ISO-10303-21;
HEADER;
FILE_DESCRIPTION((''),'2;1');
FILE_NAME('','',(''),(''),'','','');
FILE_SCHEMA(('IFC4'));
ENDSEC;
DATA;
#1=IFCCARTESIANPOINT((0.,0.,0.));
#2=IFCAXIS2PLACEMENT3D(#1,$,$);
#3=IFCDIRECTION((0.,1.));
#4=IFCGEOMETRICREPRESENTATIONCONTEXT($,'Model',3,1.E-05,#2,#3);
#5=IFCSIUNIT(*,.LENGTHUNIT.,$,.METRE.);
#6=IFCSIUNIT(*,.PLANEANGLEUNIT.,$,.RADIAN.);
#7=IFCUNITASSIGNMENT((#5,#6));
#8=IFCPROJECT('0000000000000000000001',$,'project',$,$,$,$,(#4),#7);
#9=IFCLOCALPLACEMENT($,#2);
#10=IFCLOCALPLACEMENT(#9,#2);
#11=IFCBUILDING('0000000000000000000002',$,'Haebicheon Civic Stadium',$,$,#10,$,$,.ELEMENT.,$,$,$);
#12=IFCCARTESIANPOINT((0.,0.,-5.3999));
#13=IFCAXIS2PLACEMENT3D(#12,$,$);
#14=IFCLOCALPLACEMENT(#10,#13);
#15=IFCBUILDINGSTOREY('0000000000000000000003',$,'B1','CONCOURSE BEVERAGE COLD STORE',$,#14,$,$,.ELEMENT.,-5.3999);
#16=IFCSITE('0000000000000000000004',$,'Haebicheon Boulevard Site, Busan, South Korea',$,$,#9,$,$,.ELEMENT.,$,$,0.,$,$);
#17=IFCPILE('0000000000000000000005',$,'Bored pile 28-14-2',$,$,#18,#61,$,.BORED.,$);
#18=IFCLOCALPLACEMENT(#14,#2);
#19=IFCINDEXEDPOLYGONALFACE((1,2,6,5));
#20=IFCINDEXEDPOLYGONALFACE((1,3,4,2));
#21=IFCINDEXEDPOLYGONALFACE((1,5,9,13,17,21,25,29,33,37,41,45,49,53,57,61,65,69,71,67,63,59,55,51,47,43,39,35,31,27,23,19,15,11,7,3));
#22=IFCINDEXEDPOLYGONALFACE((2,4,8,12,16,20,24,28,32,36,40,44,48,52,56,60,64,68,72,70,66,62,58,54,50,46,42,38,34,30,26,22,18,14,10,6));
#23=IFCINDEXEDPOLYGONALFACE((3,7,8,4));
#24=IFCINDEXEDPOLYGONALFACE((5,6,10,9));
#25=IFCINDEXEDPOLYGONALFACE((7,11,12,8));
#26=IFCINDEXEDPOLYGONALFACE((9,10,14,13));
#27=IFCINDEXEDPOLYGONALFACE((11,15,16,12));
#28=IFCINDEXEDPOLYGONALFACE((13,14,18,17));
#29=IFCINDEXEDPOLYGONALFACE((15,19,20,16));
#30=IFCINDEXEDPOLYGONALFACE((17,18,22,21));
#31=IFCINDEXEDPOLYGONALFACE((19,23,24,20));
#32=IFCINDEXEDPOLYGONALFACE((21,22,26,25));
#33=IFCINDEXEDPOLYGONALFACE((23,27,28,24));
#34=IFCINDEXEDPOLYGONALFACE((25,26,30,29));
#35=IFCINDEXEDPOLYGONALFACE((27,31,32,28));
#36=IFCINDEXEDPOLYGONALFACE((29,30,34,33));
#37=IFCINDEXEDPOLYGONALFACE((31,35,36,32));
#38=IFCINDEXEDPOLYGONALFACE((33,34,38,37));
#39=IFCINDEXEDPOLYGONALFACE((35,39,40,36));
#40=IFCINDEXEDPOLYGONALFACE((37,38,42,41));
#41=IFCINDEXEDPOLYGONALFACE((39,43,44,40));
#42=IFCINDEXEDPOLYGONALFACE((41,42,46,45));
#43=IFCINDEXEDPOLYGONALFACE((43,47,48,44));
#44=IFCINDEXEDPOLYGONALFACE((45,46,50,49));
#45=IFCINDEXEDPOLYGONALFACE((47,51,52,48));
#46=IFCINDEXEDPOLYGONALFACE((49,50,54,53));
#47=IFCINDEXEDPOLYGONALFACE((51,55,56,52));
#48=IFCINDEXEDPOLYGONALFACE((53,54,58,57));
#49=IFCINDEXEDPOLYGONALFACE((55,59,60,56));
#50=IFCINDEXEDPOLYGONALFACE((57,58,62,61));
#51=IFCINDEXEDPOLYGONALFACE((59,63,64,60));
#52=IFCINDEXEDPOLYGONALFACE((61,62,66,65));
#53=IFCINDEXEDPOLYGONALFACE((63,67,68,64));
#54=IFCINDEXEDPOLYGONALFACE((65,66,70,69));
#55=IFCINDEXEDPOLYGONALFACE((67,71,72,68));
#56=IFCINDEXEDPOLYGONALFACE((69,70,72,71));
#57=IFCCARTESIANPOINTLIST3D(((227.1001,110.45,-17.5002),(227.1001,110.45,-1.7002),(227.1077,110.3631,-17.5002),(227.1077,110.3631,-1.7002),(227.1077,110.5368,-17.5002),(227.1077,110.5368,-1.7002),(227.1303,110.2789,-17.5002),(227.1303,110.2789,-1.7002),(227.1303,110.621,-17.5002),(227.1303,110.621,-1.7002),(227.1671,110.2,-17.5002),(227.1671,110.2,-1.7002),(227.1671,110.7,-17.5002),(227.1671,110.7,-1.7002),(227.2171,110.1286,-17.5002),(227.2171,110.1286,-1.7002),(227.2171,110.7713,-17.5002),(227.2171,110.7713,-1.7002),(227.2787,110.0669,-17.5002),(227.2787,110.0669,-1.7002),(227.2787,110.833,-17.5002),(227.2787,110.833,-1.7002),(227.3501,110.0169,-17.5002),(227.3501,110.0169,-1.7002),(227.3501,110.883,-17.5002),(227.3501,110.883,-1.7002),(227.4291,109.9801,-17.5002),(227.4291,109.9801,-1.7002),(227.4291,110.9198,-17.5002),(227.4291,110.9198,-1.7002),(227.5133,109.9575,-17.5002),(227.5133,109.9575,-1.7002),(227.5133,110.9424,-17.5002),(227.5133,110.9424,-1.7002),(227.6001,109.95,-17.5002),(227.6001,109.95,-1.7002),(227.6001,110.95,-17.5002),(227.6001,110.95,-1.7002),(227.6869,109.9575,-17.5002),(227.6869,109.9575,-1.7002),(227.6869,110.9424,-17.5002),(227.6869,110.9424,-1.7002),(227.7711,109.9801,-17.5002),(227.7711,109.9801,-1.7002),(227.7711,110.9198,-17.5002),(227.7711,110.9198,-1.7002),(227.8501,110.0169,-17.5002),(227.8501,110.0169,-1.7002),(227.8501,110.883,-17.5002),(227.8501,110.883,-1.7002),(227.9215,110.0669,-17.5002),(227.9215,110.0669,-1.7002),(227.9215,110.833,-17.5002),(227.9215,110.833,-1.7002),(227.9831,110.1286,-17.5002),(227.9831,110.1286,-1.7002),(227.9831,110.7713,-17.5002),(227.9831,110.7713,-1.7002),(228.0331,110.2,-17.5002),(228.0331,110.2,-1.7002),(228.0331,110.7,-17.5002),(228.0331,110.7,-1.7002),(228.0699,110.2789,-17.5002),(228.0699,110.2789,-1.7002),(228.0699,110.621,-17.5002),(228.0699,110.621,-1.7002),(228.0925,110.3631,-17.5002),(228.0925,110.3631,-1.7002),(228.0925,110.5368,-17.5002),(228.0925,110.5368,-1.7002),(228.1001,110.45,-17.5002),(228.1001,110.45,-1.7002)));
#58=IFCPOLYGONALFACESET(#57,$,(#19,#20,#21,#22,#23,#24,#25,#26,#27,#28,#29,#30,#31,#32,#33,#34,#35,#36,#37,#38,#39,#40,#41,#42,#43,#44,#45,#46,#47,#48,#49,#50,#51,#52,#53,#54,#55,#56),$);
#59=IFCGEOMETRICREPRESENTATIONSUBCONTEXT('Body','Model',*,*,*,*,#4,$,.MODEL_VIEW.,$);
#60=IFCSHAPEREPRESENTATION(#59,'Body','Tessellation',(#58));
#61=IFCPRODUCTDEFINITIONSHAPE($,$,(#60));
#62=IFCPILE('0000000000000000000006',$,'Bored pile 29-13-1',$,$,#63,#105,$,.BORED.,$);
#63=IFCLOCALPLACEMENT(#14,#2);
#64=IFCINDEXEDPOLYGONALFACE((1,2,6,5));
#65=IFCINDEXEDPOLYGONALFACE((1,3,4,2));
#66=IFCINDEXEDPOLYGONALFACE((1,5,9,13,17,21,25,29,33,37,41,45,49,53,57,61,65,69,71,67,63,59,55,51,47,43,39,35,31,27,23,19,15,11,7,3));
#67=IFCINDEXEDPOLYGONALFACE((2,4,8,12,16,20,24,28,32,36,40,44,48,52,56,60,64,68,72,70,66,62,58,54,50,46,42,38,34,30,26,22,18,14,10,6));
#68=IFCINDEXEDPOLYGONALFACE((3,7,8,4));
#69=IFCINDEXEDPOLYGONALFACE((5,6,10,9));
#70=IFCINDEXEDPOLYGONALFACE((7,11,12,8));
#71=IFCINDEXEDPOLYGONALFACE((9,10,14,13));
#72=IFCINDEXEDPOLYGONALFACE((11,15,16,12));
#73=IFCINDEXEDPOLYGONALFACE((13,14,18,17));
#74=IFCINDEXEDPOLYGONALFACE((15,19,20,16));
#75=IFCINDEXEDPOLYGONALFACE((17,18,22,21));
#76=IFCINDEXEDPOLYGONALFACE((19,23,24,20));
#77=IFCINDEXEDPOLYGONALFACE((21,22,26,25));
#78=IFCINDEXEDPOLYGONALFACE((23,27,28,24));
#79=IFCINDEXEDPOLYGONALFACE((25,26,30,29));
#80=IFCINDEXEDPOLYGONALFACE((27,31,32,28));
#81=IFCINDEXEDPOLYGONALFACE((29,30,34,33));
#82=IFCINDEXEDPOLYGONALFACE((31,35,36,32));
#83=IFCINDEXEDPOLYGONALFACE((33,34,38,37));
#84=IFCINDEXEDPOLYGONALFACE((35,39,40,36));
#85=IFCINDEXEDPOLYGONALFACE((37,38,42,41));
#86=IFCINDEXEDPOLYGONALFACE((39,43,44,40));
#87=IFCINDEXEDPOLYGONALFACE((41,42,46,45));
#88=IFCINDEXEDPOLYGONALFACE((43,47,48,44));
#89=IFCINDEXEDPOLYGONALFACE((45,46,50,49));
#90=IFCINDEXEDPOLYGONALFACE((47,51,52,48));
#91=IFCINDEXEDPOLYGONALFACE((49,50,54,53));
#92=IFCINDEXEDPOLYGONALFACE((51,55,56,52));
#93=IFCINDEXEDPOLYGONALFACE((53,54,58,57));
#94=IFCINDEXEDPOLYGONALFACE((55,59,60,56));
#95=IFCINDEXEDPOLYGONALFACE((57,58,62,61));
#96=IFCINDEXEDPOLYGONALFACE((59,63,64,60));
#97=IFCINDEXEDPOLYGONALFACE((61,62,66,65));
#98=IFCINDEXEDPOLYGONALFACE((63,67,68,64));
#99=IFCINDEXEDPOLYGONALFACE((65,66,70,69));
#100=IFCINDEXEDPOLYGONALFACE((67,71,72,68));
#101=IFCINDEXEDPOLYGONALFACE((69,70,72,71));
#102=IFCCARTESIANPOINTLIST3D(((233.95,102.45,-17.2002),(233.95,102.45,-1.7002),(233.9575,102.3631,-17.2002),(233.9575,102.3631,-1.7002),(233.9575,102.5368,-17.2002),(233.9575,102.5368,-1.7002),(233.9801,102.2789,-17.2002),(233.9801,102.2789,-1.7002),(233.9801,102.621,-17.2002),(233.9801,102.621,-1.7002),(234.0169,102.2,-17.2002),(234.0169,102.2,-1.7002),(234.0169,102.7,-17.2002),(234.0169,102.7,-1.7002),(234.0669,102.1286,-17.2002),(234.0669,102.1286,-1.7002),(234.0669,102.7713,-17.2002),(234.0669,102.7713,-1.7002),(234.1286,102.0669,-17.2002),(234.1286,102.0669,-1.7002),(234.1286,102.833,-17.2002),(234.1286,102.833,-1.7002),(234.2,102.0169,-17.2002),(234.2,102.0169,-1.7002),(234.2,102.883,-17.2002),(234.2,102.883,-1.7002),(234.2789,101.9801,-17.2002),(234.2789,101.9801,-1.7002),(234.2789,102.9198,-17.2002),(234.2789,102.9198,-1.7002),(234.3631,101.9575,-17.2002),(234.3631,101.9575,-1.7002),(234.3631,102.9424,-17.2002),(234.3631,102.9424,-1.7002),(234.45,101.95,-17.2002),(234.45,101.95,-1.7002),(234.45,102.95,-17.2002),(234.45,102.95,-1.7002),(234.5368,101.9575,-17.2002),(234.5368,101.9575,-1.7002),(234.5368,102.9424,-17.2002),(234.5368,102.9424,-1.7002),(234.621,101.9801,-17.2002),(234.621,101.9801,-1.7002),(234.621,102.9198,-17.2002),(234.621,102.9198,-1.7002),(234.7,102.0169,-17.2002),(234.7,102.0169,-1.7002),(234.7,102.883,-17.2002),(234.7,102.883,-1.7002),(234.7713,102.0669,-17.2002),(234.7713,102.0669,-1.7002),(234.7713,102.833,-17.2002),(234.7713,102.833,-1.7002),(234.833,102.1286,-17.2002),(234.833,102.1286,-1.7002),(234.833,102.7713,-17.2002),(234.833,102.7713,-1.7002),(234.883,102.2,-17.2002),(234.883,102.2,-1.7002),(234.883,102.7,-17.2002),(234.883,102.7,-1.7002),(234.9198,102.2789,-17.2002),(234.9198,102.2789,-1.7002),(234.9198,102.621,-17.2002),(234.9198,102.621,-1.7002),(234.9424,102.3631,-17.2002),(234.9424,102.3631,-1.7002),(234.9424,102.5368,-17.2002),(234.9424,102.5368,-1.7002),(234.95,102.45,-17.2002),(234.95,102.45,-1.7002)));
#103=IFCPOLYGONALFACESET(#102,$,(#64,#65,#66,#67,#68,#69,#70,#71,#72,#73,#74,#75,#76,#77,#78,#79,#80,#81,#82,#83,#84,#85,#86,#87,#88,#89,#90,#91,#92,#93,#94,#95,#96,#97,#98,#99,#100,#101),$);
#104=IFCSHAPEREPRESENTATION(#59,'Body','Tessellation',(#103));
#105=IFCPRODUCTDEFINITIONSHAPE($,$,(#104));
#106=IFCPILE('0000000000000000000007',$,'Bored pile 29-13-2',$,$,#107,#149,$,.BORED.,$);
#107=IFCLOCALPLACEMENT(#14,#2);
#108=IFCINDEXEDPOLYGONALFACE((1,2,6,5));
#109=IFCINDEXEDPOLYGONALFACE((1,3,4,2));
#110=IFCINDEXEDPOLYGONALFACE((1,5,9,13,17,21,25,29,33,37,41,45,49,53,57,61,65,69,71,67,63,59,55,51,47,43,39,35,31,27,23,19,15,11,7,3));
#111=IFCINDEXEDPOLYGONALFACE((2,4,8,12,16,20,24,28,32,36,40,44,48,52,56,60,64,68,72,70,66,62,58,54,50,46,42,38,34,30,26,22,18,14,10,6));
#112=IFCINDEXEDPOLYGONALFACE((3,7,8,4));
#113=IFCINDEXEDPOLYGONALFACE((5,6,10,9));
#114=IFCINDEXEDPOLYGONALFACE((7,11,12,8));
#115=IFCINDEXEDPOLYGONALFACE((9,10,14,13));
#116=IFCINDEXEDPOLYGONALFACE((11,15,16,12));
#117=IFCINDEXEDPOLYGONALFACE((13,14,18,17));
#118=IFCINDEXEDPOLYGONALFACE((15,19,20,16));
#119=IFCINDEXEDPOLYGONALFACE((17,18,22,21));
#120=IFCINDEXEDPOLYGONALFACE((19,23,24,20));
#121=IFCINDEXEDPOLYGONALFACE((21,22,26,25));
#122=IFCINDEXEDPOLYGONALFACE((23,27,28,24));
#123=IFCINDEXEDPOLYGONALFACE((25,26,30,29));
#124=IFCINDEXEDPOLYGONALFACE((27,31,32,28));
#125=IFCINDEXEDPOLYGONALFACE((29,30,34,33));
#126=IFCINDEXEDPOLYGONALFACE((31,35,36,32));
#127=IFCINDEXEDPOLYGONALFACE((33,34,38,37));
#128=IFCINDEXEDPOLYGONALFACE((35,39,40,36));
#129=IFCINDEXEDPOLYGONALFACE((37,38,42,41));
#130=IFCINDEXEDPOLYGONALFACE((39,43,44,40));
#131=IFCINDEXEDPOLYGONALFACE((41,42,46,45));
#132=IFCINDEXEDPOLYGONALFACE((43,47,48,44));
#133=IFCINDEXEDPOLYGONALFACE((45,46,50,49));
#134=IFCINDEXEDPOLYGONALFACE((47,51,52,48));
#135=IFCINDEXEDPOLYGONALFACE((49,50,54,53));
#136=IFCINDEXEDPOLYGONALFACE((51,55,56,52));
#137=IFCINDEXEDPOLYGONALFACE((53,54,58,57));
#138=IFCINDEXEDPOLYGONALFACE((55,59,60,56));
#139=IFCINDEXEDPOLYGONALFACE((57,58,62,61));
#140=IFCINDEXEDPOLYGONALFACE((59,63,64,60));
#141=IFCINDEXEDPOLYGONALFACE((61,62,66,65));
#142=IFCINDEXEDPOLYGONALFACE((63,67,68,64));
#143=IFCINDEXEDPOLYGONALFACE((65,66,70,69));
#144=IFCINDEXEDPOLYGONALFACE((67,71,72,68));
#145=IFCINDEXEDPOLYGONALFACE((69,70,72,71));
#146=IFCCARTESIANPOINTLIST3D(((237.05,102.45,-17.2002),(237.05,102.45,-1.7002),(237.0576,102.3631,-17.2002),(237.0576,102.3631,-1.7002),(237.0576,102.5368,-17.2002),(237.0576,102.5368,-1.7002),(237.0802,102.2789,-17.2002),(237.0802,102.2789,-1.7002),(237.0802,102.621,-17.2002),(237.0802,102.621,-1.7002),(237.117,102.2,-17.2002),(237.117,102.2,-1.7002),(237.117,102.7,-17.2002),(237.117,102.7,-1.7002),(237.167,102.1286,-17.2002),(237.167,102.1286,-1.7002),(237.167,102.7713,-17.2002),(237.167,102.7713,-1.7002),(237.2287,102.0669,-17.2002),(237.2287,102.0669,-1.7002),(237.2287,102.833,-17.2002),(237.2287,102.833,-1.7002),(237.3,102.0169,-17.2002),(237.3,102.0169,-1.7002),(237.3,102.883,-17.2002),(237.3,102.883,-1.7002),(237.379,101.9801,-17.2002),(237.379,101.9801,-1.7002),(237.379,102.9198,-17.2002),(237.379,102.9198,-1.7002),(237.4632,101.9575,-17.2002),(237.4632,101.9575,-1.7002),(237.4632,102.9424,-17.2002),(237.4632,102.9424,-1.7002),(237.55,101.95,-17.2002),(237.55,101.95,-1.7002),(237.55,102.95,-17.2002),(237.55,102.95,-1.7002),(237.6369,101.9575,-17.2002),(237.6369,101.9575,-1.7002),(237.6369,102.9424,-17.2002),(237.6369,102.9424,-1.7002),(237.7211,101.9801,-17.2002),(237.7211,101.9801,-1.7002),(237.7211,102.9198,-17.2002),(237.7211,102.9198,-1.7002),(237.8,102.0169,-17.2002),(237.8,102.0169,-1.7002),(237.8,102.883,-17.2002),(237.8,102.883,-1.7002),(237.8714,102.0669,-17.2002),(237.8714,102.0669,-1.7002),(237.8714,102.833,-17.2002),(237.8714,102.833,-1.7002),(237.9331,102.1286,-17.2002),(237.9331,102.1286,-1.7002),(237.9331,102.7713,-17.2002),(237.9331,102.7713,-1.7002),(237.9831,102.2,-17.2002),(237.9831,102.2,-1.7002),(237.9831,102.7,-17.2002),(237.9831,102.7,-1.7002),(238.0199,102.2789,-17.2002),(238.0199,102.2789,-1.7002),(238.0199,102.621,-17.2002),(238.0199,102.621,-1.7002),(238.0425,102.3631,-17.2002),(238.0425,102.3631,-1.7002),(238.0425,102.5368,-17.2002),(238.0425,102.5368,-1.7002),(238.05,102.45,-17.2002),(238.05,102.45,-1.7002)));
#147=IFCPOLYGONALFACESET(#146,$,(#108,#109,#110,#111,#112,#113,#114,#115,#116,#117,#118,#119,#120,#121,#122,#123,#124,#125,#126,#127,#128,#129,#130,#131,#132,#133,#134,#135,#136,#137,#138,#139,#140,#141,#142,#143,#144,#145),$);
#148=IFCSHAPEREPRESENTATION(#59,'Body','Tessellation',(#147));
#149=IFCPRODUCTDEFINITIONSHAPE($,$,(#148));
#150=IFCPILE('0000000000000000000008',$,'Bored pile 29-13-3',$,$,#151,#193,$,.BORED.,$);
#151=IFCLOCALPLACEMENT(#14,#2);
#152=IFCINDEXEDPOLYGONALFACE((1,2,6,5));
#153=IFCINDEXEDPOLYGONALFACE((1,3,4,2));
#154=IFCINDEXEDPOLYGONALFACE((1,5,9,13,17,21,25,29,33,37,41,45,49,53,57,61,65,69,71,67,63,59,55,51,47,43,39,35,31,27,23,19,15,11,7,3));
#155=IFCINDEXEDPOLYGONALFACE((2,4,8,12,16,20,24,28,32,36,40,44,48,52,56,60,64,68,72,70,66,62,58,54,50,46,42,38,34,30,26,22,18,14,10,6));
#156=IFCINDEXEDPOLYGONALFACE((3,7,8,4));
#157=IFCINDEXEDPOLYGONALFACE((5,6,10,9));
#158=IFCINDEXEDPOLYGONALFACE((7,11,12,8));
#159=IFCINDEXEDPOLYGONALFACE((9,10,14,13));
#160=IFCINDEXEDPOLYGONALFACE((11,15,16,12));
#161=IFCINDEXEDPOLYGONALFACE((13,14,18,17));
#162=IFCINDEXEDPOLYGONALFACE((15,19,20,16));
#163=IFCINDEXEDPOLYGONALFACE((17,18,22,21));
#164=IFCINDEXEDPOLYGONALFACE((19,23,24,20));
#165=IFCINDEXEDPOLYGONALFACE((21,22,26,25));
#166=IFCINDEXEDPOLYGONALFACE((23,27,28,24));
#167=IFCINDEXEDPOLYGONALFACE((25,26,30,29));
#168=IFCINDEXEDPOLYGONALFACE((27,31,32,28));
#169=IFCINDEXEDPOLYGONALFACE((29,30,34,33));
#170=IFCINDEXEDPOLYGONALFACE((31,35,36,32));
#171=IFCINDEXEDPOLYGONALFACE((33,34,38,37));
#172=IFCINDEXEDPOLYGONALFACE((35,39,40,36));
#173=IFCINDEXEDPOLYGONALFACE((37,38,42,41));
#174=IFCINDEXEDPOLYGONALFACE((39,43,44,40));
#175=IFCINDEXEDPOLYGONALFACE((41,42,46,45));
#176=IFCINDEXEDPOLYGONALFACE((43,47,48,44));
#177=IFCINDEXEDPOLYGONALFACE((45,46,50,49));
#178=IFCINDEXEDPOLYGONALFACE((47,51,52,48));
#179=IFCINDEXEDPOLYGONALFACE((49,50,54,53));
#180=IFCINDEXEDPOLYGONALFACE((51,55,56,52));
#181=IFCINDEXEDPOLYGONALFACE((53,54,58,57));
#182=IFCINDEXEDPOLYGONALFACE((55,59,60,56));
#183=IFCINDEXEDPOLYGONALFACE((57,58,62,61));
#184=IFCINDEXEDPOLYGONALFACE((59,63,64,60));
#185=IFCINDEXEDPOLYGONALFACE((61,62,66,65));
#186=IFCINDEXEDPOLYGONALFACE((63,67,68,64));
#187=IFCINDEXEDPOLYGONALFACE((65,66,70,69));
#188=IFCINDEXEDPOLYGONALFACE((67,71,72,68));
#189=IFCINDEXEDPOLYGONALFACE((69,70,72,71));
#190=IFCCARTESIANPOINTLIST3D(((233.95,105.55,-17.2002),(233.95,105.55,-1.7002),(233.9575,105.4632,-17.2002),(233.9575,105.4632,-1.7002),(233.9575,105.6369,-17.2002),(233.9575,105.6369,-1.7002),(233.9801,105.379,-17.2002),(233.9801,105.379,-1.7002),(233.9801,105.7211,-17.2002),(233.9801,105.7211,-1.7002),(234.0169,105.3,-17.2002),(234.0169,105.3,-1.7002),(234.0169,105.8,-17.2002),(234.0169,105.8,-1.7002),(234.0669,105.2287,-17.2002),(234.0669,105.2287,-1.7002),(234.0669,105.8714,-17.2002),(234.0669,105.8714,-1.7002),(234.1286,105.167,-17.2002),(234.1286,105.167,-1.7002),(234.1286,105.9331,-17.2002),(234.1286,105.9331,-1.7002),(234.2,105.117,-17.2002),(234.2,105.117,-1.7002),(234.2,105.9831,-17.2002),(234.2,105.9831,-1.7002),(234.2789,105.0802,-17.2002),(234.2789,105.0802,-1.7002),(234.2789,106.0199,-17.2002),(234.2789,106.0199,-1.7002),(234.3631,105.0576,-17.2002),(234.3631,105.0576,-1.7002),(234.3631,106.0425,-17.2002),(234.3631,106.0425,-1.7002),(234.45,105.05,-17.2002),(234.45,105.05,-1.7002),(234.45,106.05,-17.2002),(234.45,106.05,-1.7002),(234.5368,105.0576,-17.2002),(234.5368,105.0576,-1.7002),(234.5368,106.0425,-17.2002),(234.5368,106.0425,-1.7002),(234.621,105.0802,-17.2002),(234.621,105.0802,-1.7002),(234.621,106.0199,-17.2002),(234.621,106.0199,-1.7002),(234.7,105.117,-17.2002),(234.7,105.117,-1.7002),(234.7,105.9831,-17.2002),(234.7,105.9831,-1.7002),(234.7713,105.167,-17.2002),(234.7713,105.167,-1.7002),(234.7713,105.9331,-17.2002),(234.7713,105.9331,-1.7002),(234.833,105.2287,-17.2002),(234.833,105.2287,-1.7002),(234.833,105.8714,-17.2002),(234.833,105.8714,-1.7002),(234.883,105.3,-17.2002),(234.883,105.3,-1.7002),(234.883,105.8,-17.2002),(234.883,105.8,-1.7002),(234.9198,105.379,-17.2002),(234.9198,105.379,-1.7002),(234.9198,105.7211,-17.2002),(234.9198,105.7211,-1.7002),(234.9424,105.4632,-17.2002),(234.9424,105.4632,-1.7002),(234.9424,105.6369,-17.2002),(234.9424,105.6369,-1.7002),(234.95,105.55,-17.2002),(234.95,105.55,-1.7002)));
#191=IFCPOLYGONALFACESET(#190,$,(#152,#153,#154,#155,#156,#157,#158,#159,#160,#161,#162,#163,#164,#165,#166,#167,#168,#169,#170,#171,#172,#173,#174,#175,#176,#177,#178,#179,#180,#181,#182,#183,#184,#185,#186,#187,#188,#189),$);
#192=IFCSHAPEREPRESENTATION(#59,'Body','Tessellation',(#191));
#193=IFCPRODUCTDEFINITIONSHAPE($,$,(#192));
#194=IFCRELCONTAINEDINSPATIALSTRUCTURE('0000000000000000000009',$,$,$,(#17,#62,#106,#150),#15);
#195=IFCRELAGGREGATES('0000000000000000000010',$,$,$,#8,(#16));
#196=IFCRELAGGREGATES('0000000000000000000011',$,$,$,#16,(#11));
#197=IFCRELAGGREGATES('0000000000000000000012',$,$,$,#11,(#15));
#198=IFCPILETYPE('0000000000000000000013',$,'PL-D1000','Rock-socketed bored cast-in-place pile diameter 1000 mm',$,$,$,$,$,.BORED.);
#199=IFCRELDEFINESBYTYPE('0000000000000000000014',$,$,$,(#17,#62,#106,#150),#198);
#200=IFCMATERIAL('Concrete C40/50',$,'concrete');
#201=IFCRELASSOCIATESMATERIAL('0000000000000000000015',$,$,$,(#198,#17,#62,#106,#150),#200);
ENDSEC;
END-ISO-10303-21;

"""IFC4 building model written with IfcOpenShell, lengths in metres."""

from ifc_helpers import new_model, si_unit, direction, frame, origin, origin_2d, place, context, subcontext, project, spatial, circle, extrude, material, material_profile, profile_set, type_object, element, save


model = new_model("IFC4")

# Units and contexts
model_context = context("Model", 3, precision=1e-05, world=origin(), true_north=direction((0.0, 1.0)))
body_context = subcontext(model_context, "Body", "Model", "MODEL_VIEW")
ifc_project = project(units=[si_unit("LENGTHUNIT", "METRE"), si_unit("PLANEANGLEUNIT", "RADIAN")], contexts=[model_context])

# Site, building, storey
site_placement = place(None, origin())
site = spatial("IfcSite", under=ifc_project, at=site_placement, Name="Haebicheon Boulevard Site, Busan, South Korea", CompositionType="ELEMENT", RefElevation=0.0)
building_placement = place(site_placement, origin())
building = spatial("IfcBuilding", under=site, at=building_placement, Name="Haebicheon Civic Stadium", CompositionType="ELEMENT")
storey_placement = place(building_placement, frame((0.0, 0.0, -5.3999)))
storey = spatial("IfcBuildingStorey", under=building, at=storey_placement, Name="B1", Description="CONCOURSE BEVERAGE COLD STORE", CompositionType="ELEMENT", Elevation=-5.3999)

# Piles
ifc_material_1 = material(Name="Concrete C40/50", Category="concrete")
ifc_material_profile_1 = material_profile(ifc_material_1, circle(Radius=0.5, at=origin_2d()), Name="PILE-D1000")
ifc_profile_set_1 = profile_set([ifc_material_profile_1], Name="Concrete C40/50")
pile_type = type_object("IfcPileType", Name="PL-D1000", Description="Rock-socketed bored cast-in-place pile diameter 1000 mm", PredefinedType="BORED", material=ifc_profile_set_1)
for number, where, z_axis, x_axis, name in (
    (1, (227.6001, 110.45, -1.7002), (0.0, 0.0, -1.0), (1.0, 0.0, 0.0), "Bored pile 28-14-2"),
):
    element("IfcPile", number, at=place(storey_placement, frame(where, z_axis=z_axis, x_axis=x_axis)), inside=storey, type_object=pile_type, material=ifc_profile_set_1, Name=name, PredefinedType="BORED", context=body_context, shape_type="SweptSolid", body=[
        extrude(circle(Radius=0.5, at=origin_2d()), origin(), (0.0, 0.0, 1.0), 15.8),
    ])
for number, where, z_axis, x_axis, name in (
    (2, (234.45, 102.45, -1.7002), (0.0, 0.0, -1.0), (1.0, 0.0, 0.0), "Bored pile 29-13-1"),
    (3, (237.55, 102.45, -1.7002), (0.0, 0.0, -1.0), (1.0, 0.0, 0.0), "Bored pile 29-13-2"),
    (4, (234.45, 105.55, -1.7002), (0.0, 0.0, -1.0), (1.0, 0.0, 0.0), "Bored pile 29-13-3"),
):
    element("IfcPile", number, at=place(storey_placement, frame(where, z_axis=z_axis, x_axis=x_axis)), inside=storey, type_object=pile_type, material=ifc_profile_set_1, Name=name, PredefinedType="BORED", context=body_context, shape_type="SweptSolid", body=[
        extrude(circle(Radius=0.5, at=origin_2d()), origin(), (0.0, 0.0, 1.0), 15.5),
    ])

save(model, "model.ifc")
